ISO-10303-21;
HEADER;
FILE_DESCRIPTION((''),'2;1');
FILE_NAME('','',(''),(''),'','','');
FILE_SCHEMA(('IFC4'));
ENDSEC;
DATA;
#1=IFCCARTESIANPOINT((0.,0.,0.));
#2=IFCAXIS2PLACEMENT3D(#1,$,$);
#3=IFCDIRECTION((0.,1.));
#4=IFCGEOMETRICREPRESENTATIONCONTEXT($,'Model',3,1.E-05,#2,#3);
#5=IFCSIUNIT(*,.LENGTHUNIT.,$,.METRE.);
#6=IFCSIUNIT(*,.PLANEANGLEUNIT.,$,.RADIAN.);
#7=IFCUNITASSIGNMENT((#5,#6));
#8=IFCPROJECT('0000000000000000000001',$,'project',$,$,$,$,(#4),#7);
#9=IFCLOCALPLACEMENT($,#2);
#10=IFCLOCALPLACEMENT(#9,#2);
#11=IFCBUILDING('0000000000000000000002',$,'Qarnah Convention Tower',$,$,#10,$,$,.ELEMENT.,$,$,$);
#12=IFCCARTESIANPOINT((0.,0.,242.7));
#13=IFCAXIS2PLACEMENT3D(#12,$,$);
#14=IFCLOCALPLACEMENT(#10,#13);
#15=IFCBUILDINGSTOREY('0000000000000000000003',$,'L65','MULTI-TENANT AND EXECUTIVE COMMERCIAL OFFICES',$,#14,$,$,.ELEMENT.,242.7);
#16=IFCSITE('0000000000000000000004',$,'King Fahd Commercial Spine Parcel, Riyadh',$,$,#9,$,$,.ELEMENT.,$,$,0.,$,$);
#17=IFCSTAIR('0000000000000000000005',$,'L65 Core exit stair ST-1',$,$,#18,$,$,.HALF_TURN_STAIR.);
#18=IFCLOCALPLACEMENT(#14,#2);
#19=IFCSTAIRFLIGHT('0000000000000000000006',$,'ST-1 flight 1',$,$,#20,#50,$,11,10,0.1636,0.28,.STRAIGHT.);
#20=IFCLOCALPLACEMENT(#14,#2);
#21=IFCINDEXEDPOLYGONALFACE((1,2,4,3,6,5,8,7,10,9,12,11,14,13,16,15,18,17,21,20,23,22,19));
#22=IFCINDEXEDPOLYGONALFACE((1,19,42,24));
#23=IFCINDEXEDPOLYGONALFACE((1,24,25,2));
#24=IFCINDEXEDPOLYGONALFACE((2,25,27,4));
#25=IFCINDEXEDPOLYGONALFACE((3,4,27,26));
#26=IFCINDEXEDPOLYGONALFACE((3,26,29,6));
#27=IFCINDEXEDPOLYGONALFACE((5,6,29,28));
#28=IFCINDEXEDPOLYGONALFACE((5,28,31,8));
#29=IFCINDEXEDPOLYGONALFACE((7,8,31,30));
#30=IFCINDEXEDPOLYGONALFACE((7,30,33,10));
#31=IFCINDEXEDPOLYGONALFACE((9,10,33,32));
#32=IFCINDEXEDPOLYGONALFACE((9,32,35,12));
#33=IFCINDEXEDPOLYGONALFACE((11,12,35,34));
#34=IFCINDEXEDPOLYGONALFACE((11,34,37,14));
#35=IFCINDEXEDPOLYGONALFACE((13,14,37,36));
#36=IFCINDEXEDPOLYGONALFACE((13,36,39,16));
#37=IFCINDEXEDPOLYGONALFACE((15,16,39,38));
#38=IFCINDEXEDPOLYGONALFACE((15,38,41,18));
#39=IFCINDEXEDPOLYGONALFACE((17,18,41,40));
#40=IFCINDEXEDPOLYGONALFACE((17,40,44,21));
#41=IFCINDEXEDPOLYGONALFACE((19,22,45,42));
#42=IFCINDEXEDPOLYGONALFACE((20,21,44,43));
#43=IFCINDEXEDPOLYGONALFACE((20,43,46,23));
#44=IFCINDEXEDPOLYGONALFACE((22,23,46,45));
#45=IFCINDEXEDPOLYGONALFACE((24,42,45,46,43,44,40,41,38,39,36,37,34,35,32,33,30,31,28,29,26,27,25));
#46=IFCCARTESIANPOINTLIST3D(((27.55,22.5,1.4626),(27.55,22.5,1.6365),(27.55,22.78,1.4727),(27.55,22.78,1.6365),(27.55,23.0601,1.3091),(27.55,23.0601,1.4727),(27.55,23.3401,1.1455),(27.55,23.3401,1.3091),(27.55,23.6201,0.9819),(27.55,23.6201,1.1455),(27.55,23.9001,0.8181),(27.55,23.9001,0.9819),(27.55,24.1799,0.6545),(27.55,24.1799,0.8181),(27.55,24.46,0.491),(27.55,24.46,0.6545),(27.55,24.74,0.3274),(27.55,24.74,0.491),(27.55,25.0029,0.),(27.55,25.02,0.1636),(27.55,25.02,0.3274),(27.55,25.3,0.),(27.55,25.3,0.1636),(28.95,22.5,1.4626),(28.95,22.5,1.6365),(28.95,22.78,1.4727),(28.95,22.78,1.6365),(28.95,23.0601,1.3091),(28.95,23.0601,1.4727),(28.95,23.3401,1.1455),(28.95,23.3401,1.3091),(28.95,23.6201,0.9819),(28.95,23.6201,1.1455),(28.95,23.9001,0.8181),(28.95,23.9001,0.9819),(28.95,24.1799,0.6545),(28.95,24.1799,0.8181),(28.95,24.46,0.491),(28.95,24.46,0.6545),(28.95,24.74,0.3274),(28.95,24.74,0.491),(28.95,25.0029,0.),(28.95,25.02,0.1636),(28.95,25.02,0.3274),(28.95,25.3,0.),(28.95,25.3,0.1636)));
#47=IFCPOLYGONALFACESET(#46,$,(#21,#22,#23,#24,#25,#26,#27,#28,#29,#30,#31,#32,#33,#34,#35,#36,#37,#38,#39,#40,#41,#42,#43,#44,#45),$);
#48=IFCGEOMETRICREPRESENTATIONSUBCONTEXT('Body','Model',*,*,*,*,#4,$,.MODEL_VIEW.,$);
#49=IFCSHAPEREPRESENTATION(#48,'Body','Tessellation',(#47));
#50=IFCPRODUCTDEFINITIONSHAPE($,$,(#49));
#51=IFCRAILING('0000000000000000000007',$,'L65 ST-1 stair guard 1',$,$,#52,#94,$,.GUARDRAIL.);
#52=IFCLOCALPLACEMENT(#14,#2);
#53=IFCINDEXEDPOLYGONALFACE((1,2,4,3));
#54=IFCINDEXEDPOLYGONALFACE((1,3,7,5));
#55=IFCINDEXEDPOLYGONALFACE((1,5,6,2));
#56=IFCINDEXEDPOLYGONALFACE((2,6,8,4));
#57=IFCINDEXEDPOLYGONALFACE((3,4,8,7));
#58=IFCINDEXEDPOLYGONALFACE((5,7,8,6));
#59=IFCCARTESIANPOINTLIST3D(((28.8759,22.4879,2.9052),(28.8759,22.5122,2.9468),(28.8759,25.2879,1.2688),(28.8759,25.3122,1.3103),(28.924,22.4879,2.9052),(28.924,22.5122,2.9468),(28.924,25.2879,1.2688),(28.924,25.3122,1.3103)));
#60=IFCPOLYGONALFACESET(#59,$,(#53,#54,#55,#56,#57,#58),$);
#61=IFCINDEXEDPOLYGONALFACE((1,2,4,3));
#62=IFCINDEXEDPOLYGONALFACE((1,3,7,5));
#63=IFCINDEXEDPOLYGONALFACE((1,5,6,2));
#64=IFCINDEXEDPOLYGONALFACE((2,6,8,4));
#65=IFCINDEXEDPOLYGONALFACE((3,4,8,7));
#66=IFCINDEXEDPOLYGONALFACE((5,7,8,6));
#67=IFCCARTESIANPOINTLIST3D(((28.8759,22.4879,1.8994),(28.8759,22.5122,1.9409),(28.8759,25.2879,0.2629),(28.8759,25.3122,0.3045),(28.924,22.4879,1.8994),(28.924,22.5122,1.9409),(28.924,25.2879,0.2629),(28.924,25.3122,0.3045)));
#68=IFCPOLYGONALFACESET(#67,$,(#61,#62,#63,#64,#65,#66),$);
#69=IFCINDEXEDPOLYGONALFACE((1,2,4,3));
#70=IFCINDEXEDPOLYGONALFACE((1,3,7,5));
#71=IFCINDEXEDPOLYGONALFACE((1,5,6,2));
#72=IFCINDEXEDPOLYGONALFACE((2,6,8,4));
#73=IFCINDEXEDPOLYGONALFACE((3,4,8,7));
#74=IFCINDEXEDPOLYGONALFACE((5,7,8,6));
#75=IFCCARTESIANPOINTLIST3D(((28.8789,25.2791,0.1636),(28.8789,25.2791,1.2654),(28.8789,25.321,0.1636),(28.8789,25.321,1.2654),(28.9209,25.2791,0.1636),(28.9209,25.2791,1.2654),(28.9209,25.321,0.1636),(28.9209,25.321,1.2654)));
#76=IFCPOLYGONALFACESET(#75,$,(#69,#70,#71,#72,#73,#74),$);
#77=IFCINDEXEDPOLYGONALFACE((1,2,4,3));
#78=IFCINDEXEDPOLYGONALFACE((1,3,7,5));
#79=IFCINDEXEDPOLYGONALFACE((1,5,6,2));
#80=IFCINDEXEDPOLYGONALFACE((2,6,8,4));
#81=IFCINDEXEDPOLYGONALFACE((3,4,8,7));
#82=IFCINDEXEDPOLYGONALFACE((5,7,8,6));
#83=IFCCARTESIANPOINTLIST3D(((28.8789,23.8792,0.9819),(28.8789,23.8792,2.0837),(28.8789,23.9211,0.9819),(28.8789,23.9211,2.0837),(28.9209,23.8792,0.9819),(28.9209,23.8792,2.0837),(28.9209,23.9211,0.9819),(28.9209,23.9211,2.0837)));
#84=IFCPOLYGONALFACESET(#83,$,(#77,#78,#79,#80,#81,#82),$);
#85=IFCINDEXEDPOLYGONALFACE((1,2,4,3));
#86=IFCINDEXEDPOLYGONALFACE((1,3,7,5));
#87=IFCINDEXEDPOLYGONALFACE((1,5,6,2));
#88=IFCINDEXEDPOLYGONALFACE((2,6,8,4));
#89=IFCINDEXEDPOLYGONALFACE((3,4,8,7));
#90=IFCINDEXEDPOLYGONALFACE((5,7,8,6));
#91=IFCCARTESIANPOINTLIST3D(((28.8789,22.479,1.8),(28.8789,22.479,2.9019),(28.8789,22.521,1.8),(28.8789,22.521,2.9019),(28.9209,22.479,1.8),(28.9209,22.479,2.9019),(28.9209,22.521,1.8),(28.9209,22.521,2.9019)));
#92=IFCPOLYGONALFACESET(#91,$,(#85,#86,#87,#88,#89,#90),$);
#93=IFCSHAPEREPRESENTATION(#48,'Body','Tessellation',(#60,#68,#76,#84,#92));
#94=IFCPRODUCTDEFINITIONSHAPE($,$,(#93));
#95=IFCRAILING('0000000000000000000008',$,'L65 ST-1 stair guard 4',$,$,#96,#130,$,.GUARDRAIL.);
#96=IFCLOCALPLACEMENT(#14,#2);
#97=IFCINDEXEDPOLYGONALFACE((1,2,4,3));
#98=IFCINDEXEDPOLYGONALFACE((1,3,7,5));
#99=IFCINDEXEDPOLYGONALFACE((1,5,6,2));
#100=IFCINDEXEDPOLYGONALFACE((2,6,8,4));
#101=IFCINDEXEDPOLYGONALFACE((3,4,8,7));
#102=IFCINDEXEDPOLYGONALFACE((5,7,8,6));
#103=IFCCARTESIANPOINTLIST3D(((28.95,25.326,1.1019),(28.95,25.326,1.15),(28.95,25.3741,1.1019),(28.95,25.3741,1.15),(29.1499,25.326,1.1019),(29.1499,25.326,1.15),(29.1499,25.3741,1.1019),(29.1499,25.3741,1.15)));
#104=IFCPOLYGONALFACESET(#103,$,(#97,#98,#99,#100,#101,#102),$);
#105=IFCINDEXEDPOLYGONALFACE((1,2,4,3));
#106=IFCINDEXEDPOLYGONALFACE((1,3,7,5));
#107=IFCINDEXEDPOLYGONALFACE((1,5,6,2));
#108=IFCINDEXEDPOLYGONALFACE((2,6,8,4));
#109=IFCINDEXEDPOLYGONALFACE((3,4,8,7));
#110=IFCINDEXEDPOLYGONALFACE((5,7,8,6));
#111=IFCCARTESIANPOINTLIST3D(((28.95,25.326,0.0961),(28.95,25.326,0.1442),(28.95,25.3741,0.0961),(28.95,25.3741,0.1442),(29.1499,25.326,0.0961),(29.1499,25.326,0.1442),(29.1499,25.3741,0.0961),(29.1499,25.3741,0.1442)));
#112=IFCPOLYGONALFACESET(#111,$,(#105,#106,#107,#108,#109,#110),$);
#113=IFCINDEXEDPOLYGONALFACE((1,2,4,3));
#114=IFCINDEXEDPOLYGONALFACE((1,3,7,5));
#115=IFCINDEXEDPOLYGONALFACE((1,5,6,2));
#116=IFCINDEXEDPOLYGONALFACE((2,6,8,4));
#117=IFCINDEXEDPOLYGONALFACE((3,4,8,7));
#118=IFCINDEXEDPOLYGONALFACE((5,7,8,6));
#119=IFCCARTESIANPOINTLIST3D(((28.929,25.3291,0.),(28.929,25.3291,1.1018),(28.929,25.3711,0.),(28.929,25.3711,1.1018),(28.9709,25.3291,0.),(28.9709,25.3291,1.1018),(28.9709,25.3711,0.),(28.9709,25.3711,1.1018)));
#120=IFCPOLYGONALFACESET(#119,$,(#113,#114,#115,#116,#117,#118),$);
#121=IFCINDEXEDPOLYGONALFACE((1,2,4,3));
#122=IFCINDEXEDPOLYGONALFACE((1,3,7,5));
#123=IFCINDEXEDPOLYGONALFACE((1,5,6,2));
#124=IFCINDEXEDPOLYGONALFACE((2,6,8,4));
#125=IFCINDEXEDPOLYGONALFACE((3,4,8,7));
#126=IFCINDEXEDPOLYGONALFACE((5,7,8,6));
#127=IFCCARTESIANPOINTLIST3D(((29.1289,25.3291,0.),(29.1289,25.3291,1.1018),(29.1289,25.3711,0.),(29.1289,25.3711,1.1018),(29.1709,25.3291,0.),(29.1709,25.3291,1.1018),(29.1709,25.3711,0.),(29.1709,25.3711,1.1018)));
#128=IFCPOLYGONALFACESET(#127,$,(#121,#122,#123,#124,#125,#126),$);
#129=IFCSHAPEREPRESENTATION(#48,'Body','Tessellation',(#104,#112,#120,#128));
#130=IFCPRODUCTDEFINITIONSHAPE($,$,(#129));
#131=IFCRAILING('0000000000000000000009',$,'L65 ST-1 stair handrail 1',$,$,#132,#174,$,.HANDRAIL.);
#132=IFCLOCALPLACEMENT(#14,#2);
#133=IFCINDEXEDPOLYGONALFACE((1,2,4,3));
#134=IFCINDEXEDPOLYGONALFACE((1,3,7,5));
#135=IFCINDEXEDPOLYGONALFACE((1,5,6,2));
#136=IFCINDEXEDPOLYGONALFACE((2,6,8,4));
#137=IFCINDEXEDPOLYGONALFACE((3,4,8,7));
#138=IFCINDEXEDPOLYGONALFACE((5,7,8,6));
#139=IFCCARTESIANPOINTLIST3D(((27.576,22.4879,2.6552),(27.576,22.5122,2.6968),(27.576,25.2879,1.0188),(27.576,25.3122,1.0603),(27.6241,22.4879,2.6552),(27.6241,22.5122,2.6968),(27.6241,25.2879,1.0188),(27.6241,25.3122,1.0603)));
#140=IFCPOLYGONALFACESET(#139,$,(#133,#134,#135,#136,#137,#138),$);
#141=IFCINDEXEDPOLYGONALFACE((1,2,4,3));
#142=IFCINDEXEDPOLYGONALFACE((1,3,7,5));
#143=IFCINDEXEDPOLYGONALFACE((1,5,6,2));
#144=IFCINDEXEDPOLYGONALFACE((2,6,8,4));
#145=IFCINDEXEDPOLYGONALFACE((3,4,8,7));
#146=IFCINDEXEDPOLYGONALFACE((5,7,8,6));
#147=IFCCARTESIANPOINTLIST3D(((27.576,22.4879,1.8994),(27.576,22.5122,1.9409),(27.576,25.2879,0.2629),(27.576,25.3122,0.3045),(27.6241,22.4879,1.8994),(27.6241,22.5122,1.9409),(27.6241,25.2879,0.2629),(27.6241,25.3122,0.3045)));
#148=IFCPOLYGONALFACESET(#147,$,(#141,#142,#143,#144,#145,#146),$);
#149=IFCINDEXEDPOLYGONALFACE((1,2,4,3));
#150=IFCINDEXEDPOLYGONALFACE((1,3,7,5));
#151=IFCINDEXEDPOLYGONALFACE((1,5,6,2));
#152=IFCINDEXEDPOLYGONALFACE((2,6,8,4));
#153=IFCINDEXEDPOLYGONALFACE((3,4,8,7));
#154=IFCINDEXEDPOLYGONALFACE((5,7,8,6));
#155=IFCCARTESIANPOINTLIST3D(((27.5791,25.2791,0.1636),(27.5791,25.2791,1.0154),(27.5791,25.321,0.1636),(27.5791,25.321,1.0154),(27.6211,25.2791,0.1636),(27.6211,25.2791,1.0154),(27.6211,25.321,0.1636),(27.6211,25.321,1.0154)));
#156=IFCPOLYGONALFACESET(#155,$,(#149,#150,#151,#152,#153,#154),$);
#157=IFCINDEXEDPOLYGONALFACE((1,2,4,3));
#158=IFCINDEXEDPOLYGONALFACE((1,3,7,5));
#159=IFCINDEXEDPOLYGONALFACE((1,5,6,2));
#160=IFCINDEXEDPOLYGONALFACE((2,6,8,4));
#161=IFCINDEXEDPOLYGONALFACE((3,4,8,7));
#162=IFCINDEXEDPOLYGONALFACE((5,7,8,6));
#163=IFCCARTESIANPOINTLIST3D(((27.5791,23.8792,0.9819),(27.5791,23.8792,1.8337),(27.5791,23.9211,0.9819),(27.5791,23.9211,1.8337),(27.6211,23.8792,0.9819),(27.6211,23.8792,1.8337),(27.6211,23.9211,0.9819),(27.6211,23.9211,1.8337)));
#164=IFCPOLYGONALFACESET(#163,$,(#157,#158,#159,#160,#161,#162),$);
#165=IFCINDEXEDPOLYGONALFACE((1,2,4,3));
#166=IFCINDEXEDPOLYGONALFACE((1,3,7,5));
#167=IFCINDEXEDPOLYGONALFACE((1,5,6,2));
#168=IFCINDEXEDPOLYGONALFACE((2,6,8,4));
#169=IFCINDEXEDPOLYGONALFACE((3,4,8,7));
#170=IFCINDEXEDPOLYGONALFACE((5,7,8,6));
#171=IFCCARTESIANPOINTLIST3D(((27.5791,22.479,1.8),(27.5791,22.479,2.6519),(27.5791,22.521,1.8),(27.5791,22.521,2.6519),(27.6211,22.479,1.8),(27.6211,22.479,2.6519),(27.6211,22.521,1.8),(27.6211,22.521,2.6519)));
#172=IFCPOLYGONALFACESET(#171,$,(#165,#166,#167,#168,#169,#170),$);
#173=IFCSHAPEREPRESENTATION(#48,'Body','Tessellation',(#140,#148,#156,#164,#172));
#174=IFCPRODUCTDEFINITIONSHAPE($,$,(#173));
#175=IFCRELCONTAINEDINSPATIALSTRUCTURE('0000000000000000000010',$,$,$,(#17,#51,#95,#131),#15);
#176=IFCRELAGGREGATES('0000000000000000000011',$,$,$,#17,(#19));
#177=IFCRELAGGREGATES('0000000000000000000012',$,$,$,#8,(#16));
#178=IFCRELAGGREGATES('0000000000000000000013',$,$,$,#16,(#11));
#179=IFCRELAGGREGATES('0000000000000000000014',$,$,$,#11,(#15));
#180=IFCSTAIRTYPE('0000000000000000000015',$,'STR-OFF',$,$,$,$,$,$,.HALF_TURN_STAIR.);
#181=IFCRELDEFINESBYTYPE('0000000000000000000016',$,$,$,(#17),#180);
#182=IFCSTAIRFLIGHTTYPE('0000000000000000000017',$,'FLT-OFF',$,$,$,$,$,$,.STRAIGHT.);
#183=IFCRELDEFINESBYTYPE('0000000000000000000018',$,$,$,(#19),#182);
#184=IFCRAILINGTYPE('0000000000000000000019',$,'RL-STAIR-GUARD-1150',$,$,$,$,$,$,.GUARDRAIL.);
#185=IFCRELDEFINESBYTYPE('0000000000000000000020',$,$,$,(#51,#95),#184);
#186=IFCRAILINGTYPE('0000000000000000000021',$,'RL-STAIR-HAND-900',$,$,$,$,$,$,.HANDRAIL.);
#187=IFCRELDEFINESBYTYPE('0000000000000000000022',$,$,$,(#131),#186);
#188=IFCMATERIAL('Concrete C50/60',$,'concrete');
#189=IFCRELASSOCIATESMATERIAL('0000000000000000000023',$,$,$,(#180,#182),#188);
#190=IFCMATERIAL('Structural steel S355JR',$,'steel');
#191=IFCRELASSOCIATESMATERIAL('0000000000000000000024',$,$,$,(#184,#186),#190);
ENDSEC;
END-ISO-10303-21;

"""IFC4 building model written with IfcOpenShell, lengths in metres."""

from ifc_helpers import new_model, si_unit, direction, frame, origin, origin_2d, place, context, subcontext, project, spatial, polyline, rectangle, outline, extrude, material, type_object, element, aggregate, save


model = new_model("IFC4")

# Units and contexts
model_context = context("Model", 3, precision=1e-05, world=origin(), true_north=direction((0.0, 1.0)))
body_context = subcontext(model_context, "Body", "Model", "MODEL_VIEW")
ifc_project = project(units=[si_unit("LENGTHUNIT", "METRE"), si_unit("PLANEANGLEUNIT", "RADIAN")], contexts=[model_context])

# Site, building, storey
site_placement = place(None, origin())
site = spatial("IfcSite", under=ifc_project, at=site_placement, Name="King Fahd Commercial Spine Parcel, Riyadh", CompositionType="ELEMENT", RefElevation=0.0)
building_placement = place(site_placement, origin())
building = spatial("IfcBuilding", under=site, at=building_placement, Name="Qarnah Convention Tower", CompositionType="ELEMENT")
storey_placement = place(building_placement, frame((0.0, 0.0, 242.7)))
storey = spatial("IfcBuildingStorey", under=building, at=storey_placement, Name="L65", Description="MULTI-TENANT AND EXECUTIVE COMMERCIAL OFFICES", CompositionType="ELEMENT", Elevation=242.7)

# Shared definitions
ifc_material_1 = material(Name="Concrete C50/60", Category="concrete")

# Shared definitions
ifc_material_2 = material(Name="Structural steel S355JR", Category="steel")

# Stair, stair flight
stair_type = type_object("IfcStairType", Name="STR-OFF", PredefinedType="HALF_TURN_STAIR", material=ifc_material_1)
stair_placement = place(storey_placement, origin())
stair = element("IfcStair", 1, at=stair_placement, inside=storey, type_object=stair_type, Name="L65 Core exit stair ST-1", PredefinedType="HALF_TURN_STAIR")
stair_flight_type = type_object("IfcStairFlightType", Name="FLT-OFF", PredefinedType="STRAIGHT", material=ifc_material_1)
stair_flight_placement = place(storey_placement, frame((28.25, 25.3, 0.0), z_axis=(0.0, 0.0, 1.0), x_axis=(0.0, -1.0, 0.0)))
stair_flight = element("IfcStairFlight", 2, at=stair_flight_placement, type_object=stair_flight_type, Name="ST-1 flight 1", NumberOfRisers=11, NumberOfTreads=10, PredefinedType="STRAIGHT", RiserHeight=0.1636, TreadLength=0.28, context=body_context, shape_type="SweptSolid", body=[
    extrude(outline(polyline([(0.0, 0.0), (0.0, 0.1636), (0.28, 0.1636), (0.28, 0.3274), (0.5601, 0.3274), (0.5601, 0.491), (0.8401, 0.491), (0.8401, 0.6545), (1.1201, 0.6545), (1.1201, 0.8181), (1.3999, 0.8181), (1.3999, 0.9819), (1.6799, 0.9819), (1.6799, 1.1455), (1.96, 1.1455), (1.96, 1.3091), (2.24, 1.3091), (2.24, 1.4727), (2.52, 1.4727), (2.52, 1.6365), (2.8, 1.6365), (2.8, 1.8), (2.8, 1.4626), (0.2971, 0.0), (0.0, 0.0)])), frame((0.0, 0.7, 0.0), z_axis=(0.0, -1.0, 0.0), x_axis=(1.0, 0.0, 0.0)), (0.0, 0.0, 1.0), 1.3999),
])
aggregate(stair, [stair_flight])

# Railings
railing_type_1 = type_object("IfcRailingType", Name="RL-STAIR-GUARD-1150", PredefinedType="GUARDRAIL", material=ifc_material_2)
railing_1_placement = place(storey_placement, frame((28.8999, 25.3, 0.1636)))
element("IfcRailing", 3, at=railing_1_placement, inside=storey, type_object=railing_type_1, Name="L65 ST-1 stair guard 1", PredefinedType="GUARDRAIL", context=body_context, shape_type="SweptSolid", body=[
    extrude(rectangle(XDim=0.0481, YDim=0.0481, at=origin_2d()), frame((0.0, 0.0, 1.126), z_axis=(0.0, -0.863361, 0.504587), x_axis=(1.0, 0.0, 0.0)), (0.0, 0.0, 1.0), 3.2432),
    extrude(rectangle(XDim=0.0481, YDim=0.0481, at=origin_2d()), frame((0.0, 0.0, 0.1201), z_axis=(0.0, -0.863361, 0.504587), x_axis=(1.0, 0.0, 0.0)), (0.0, 0.0, 1.0), 3.2432),
    extrude(rectangle(XDim=0.042, YDim=0.042, at=origin_2d()), origin(), (0.0, 0.0, 1.0), 1.1018),
    extrude(rectangle(XDim=0.042, YDim=0.042, at=origin_2d()), frame((0.0, -1.3999, 0.8184)), (0.0, 0.0, 1.0), 1.1018),
    extrude(rectangle(XDim=0.042, YDim=0.042, at=origin_2d()), frame((0.0, -2.8, 1.6365)), (0.0, 0.0, 1.0), 1.1018),
])
railing_2_placement = place(storey_placement, frame((28.95, 25.3501, 0.0)))
element("IfcRailing", 4, at=railing_2_placement, inside=storey, type_object=railing_type_1, Name="L65 ST-1 stair guard 4", PredefinedType="GUARDRAIL", context=body_context, shape_type="SweptSolid", body=[
    extrude(rectangle(XDim=0.0481, YDim=0.0481, at=origin_2d()), frame((0.0, 0.0, 1.126), z_axis=(1.0, 0.0, 0.0), x_axis=(0.0, 1.0, 0.0)), (0.0, 0.0, 1.0), 0.2),
    extrude(rectangle(XDim=0.0481, YDim=0.0481, at=origin_2d()), frame((0.0, 0.0, 0.1201), z_axis=(1.0, 0.0, 0.0), x_axis=(0.0, 1.0, 0.0)), (0.0, 0.0, 1.0), 0.2),
    extrude(rectangle(XDim=0.042, YDim=0.042, at=origin_2d()), origin(), (0.0, 0.0, 1.0), 1.1018),
    extrude(rectangle(XDim=0.042, YDim=0.042, at=origin_2d()), frame((0.2, 0.0, 0.0)), (0.0, 0.0, 1.0), 1.1018),
])
railing_type_2 = type_object("IfcRailingType", Name="RL-STAIR-HAND-900", PredefinedType="HANDRAIL", material=ifc_material_2)
railing_3_placement = place(storey_placement, frame((27.6001, 25.3, 0.1636)))
element("IfcRailing", 5, at=railing_3_placement, inside=storey, type_object=railing_type_2, Name="L65 ST-1 stair handrail 1", PredefinedType="HANDRAIL", context=body_context, shape_type="SweptSolid", body=[
    extrude(rectangle(XDim=0.0481, YDim=0.0481, at=origin_2d()), frame((0.0, 0.0, 0.876), z_axis=(0.0, -0.863361, 0.504587), x_axis=(1.0, 0.0, 0.0)), (0.0, 0.0, 1.0), 3.2432),
    extrude(rectangle(XDim=0.0481, YDim=0.0481, at=origin_2d()), frame((0.0, 0.0, 0.1201), z_axis=(0.0, -0.863361, 0.504587), x_axis=(1.0, 0.0, 0.0)), (0.0, 0.0, 1.0), 3.2432),
    extrude(rectangle(XDim=0.042, YDim=0.042, at=origin_2d()), origin(), (0.0, 0.0, 1.0), 0.8518),
    extrude(rectangle(XDim=0.042, YDim=0.042, at=origin_2d()), frame((0.0, -1.3999, 0.8184)), (0.0, 0.0, 1.0), 0.8518),
    extrude(rectangle(XDim=0.042, YDim=0.042, at=origin_2d()), frame((0.0, -2.8, 1.6365)), (0.0, 0.0, 1.0), 0.8518),
])

save(model, "model.ifc")
